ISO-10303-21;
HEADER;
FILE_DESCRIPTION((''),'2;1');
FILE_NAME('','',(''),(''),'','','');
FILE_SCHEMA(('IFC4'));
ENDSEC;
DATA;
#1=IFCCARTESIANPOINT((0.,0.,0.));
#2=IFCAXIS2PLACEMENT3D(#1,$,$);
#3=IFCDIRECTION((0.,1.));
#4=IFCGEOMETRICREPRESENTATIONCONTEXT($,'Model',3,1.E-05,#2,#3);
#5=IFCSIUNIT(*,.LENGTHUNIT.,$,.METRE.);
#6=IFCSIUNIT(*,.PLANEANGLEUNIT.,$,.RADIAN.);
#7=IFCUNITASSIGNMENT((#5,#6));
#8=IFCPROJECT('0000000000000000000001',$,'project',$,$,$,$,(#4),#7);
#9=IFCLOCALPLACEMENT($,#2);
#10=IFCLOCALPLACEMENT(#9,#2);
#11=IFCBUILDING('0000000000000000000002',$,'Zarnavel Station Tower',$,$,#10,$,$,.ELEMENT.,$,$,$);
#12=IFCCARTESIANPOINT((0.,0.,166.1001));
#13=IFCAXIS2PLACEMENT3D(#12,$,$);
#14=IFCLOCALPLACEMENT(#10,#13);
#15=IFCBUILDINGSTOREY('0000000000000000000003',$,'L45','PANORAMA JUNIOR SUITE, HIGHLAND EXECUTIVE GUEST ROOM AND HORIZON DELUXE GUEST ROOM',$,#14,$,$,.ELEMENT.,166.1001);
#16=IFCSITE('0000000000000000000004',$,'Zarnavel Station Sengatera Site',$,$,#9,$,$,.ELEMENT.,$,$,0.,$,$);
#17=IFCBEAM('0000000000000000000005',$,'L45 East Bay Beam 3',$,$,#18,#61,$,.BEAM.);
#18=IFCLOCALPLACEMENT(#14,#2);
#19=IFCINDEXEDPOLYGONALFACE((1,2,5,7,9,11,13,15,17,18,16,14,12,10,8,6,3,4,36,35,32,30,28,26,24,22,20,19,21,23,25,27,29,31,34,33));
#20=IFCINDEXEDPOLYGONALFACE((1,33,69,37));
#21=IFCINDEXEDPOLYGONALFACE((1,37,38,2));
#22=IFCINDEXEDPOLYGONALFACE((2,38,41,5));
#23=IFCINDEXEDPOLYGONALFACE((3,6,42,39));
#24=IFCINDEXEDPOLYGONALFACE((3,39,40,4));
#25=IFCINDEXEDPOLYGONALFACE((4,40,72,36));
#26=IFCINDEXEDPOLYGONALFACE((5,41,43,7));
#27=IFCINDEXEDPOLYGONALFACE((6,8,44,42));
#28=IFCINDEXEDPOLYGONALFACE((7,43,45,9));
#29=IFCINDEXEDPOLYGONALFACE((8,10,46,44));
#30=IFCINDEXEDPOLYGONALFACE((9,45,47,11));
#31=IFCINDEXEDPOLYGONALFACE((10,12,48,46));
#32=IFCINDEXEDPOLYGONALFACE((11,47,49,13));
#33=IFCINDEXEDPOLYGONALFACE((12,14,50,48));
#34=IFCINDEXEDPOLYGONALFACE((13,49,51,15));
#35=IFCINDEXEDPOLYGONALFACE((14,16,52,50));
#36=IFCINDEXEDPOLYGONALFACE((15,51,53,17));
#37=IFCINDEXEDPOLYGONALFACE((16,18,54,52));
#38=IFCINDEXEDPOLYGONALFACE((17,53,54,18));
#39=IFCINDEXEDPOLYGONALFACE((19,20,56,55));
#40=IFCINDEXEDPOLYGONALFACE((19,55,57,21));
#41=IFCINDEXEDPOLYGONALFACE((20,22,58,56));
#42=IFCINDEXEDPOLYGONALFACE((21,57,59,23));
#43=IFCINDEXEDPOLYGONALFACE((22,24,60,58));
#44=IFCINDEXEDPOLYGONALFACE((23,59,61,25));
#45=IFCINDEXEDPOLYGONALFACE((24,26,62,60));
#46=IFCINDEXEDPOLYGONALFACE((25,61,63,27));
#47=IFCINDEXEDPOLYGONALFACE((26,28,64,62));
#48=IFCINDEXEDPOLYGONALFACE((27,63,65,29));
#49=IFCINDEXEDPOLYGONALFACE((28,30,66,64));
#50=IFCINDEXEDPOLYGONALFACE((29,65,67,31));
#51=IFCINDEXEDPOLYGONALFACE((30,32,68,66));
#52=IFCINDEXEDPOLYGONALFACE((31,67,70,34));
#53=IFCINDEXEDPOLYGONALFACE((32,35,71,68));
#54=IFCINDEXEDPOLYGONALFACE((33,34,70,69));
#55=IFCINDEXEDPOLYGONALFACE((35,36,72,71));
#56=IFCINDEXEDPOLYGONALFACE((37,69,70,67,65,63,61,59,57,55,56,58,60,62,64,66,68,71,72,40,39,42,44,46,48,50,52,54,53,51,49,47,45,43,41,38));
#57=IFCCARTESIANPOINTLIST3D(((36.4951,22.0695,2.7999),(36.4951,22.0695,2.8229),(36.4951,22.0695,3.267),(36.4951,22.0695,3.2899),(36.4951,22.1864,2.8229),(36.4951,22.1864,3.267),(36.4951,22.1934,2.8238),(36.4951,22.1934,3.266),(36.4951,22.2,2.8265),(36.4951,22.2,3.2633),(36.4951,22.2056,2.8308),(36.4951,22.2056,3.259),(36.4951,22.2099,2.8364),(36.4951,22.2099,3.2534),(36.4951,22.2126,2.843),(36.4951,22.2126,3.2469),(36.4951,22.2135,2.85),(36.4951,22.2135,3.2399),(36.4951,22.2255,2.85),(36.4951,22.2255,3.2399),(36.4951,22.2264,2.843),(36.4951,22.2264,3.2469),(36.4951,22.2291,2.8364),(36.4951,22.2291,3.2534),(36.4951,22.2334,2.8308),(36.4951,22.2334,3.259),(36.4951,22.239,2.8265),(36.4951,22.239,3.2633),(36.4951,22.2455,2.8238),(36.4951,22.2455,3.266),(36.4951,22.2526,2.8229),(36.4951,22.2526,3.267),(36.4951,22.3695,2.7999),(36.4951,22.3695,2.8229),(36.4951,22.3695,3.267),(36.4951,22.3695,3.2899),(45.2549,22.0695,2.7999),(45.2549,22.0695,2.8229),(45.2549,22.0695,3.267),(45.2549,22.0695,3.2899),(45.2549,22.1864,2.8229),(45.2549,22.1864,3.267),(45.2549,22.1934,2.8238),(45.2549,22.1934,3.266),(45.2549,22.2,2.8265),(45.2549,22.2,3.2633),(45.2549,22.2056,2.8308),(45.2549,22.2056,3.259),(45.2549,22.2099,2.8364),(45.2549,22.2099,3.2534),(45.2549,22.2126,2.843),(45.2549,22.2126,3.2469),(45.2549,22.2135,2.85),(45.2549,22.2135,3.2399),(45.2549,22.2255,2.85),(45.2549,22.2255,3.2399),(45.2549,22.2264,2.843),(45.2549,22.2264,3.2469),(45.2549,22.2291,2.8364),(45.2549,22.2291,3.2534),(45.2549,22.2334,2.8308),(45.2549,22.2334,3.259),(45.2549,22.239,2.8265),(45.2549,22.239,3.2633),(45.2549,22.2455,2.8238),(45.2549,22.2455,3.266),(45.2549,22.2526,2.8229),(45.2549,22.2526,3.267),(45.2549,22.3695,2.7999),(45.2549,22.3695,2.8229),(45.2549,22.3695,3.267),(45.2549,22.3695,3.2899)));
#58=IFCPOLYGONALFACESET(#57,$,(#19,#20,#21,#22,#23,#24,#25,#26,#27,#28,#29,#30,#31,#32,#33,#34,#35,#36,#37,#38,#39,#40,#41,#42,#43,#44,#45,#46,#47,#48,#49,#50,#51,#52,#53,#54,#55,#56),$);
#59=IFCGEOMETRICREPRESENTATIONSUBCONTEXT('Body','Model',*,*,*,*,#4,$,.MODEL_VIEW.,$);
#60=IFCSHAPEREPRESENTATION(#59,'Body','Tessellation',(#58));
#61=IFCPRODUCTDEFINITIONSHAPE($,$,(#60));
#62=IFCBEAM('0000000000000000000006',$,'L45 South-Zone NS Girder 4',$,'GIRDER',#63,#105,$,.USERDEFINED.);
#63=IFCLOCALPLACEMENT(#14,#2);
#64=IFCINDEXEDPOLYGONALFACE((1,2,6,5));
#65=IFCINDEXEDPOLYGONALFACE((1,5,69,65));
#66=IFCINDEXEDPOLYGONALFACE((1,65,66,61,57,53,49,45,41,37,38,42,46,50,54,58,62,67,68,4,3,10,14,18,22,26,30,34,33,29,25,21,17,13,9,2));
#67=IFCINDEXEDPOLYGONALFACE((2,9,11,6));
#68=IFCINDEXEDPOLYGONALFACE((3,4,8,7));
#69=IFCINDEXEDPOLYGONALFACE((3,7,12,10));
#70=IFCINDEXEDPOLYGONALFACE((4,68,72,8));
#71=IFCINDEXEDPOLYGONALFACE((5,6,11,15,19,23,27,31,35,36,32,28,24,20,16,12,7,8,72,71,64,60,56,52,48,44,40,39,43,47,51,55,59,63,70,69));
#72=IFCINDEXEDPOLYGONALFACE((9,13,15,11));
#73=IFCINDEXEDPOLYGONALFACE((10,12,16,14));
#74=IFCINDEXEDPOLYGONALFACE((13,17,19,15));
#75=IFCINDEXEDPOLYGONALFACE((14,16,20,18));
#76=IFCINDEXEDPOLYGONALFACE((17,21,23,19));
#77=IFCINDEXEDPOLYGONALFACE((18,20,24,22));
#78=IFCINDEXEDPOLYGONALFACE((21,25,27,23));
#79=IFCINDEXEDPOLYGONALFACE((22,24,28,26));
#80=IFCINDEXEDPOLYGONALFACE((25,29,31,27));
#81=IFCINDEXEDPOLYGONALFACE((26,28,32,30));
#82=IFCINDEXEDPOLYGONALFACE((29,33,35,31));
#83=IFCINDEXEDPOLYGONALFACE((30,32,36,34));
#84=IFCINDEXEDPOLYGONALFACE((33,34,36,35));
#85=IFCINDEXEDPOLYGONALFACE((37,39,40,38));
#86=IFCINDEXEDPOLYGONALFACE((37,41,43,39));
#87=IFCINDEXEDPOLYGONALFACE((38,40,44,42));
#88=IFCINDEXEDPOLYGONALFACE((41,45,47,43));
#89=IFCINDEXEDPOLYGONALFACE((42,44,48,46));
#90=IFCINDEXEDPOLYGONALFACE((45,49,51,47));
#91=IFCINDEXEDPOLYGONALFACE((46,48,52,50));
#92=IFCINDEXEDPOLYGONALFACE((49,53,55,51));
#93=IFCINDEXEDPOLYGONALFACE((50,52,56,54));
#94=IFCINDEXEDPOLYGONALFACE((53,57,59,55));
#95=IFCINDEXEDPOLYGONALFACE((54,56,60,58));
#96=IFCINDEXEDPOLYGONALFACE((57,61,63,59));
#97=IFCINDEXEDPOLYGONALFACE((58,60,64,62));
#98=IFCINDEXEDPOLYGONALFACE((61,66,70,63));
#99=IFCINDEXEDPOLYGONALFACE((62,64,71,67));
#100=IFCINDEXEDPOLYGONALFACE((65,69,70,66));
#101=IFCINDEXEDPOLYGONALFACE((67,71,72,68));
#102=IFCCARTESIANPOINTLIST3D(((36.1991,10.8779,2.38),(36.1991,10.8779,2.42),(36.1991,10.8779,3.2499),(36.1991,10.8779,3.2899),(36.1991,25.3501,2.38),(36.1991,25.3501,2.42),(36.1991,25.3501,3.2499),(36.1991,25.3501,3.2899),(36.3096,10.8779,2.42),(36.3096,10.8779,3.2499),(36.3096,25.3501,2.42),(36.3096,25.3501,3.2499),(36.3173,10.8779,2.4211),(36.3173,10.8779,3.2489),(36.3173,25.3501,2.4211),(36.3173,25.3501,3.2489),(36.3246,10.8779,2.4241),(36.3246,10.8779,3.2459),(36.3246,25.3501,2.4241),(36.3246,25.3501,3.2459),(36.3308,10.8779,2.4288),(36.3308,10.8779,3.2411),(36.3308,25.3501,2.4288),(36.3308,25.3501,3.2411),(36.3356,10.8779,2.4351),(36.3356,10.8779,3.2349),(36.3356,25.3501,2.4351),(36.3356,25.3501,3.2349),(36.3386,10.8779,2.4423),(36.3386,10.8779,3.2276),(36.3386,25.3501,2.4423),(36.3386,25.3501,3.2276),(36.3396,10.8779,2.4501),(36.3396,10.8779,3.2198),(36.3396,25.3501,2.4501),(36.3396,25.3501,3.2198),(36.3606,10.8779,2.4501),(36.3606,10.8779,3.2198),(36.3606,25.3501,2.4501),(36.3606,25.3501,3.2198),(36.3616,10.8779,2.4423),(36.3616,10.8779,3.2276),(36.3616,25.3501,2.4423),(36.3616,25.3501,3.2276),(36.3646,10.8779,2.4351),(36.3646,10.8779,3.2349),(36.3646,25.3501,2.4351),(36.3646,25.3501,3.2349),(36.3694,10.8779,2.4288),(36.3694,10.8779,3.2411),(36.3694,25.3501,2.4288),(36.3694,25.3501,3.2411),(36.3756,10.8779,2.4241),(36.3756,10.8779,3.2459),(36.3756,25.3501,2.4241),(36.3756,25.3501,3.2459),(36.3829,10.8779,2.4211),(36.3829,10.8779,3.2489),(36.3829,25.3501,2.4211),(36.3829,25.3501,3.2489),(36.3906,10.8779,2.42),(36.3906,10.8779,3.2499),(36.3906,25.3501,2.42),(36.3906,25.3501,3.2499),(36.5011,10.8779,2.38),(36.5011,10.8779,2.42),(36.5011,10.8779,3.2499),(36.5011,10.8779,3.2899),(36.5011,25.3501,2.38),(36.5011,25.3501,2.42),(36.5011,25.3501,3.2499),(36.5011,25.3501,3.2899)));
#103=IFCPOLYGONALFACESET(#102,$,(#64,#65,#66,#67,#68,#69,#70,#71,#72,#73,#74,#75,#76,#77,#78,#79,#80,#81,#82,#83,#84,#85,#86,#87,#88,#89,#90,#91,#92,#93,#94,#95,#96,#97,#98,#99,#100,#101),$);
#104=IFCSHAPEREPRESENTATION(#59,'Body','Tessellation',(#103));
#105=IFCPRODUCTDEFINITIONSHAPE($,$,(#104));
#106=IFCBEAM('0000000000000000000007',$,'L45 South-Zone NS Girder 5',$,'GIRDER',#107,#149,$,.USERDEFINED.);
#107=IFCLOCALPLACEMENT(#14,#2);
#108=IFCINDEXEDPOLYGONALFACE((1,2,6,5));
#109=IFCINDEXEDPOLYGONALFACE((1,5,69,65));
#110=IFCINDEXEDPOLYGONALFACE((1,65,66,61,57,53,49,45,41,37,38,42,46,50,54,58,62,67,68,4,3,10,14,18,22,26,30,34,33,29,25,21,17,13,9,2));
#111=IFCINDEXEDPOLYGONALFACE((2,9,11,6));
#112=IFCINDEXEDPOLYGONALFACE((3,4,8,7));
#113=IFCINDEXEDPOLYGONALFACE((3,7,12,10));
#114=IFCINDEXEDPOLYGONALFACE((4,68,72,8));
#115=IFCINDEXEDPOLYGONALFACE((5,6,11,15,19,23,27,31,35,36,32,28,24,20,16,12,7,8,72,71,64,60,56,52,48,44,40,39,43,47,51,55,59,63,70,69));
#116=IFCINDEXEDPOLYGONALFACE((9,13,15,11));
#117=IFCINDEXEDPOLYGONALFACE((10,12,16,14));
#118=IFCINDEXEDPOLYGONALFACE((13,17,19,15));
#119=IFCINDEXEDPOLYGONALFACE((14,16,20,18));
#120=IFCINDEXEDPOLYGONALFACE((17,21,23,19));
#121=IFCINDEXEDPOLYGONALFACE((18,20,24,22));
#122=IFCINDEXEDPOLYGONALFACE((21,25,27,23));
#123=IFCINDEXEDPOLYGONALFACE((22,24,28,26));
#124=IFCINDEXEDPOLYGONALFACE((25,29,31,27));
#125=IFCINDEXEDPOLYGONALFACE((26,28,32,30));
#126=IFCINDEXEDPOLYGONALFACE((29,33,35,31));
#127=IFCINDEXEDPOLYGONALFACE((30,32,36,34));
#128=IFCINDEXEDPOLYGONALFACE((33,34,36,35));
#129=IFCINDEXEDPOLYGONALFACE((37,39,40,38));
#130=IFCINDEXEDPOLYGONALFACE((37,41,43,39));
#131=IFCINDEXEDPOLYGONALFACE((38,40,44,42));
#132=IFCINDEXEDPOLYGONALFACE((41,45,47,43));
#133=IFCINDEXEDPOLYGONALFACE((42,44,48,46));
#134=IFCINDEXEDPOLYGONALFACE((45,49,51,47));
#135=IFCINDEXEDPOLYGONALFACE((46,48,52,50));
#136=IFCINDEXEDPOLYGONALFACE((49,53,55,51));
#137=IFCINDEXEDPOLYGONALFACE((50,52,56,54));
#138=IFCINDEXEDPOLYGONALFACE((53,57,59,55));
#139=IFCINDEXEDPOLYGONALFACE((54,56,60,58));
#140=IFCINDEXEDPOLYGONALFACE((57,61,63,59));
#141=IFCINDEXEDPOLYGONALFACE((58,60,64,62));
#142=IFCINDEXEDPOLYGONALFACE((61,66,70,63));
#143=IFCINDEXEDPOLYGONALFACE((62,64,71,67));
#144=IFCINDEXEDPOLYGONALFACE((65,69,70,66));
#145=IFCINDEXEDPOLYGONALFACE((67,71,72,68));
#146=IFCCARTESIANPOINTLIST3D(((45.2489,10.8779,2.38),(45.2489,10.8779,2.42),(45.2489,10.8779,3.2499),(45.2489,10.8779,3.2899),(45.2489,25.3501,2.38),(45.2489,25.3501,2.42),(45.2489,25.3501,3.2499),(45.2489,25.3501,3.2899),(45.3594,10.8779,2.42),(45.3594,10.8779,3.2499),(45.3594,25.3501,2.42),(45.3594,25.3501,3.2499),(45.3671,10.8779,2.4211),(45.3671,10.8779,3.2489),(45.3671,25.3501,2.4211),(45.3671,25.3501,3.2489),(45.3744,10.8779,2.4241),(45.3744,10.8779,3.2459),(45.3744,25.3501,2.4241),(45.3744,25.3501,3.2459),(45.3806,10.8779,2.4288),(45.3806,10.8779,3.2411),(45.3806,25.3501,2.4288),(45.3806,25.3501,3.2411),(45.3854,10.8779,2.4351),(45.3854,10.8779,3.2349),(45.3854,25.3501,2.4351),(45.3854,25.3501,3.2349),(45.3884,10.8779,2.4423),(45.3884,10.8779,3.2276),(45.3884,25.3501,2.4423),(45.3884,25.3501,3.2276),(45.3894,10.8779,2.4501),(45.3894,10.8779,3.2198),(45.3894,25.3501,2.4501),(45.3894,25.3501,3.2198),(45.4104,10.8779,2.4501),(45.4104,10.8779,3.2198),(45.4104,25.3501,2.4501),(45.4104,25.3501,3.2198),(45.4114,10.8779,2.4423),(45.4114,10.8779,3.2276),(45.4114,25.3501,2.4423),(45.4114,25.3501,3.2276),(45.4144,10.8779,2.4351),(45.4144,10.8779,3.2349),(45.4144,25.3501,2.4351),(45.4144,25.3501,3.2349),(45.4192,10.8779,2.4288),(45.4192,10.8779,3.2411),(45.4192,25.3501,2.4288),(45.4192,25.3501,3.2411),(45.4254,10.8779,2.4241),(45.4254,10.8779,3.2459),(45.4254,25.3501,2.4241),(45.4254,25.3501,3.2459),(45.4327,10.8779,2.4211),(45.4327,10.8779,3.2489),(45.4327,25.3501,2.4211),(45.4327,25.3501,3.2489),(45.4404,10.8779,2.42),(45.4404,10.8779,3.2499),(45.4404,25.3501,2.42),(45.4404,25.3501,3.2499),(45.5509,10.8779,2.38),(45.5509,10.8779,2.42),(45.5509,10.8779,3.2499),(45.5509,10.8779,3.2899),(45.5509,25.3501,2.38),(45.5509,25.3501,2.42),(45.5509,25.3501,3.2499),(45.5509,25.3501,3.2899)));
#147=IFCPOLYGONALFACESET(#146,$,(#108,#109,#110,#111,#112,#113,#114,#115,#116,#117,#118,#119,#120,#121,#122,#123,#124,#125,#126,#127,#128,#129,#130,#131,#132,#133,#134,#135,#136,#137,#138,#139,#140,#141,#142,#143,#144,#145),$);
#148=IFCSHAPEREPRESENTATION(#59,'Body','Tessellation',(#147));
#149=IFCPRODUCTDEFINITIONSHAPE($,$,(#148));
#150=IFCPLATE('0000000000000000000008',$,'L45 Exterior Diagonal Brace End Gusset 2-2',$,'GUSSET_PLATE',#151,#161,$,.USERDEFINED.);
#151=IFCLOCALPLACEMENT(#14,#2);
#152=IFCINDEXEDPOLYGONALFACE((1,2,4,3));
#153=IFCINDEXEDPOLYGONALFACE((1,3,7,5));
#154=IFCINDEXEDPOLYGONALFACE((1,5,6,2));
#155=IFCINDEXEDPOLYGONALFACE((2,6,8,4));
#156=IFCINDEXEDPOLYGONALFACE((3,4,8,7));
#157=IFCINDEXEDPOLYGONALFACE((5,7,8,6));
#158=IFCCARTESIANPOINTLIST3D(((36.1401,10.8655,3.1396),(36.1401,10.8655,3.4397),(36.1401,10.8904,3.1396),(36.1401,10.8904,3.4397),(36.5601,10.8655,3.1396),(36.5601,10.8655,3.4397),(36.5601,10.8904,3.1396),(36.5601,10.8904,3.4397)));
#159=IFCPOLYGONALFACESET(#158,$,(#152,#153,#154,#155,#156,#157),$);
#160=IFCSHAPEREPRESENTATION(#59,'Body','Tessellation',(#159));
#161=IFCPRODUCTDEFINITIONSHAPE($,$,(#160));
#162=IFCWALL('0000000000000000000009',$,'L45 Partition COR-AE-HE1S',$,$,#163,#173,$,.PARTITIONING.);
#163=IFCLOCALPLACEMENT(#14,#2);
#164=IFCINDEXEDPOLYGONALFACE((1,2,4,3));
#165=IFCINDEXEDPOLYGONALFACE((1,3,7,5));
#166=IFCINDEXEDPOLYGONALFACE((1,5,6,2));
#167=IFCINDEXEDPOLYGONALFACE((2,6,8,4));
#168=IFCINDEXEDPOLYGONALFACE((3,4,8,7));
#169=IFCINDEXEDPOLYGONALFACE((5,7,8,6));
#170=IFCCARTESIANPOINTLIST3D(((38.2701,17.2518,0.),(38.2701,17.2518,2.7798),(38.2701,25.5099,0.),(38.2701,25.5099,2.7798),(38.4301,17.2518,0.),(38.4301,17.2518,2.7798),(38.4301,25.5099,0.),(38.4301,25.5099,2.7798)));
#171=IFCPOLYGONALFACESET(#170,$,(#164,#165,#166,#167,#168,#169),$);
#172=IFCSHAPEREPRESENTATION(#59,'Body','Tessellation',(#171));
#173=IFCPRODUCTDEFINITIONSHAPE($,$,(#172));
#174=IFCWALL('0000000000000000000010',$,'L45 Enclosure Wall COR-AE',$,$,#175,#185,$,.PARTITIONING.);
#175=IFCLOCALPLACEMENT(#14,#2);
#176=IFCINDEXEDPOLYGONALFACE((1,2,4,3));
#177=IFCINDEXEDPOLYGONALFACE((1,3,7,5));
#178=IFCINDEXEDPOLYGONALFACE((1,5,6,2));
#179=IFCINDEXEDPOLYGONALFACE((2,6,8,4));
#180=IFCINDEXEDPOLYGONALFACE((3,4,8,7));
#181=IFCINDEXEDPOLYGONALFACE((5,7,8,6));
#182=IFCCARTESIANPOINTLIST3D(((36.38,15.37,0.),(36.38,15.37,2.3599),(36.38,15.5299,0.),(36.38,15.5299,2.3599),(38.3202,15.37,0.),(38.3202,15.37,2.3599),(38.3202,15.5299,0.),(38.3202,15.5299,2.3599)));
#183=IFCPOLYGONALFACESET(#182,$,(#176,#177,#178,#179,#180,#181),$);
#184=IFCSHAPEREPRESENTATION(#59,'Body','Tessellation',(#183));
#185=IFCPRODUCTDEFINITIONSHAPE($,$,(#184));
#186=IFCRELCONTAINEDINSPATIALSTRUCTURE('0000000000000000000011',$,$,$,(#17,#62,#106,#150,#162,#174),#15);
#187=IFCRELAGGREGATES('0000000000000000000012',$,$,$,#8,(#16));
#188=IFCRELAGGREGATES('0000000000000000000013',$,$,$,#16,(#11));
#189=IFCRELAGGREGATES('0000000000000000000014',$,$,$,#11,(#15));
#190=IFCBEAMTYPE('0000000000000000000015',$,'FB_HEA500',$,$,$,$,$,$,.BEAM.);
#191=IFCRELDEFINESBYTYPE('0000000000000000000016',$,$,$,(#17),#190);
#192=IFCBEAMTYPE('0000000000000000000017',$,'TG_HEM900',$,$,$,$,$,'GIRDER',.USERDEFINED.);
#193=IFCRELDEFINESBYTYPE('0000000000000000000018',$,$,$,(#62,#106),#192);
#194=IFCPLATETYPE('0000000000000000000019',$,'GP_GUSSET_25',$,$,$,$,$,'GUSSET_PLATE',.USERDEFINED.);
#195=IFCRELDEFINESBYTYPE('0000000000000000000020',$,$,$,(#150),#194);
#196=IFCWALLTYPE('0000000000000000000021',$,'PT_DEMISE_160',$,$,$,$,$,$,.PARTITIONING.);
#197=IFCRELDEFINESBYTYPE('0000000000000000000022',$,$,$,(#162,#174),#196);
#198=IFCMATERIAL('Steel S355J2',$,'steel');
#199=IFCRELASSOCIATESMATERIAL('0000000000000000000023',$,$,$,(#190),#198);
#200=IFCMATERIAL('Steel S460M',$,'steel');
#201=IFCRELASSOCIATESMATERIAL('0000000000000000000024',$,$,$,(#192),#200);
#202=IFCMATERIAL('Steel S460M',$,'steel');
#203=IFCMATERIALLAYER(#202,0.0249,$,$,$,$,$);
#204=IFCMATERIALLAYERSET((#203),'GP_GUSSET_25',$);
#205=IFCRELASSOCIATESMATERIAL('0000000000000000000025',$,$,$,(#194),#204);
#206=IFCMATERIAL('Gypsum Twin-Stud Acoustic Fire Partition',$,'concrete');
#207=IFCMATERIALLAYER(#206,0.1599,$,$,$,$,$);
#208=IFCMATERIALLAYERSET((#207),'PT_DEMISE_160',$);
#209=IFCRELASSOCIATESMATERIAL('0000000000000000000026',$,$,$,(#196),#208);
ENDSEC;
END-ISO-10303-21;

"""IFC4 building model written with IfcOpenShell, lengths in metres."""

from ifc_helpers import new_model, si_unit, direction, frame, frame_2d, origin, origin_2d, place, context, subcontext, project, spatial, rectangle, i_section, extrude, material, layer, layer_set, material_profile, profile_set, type_object, element, save


model = new_model("IFC4")

# Units and contexts
model_context = context("Model", 3, precision=1e-05, world=origin(), true_north=direction((0.0, 1.0)))
body_context = subcontext(model_context, "Body", "Model", "MODEL_VIEW")
ifc_project = project(units=[si_unit("LENGTHUNIT", "METRE"), si_unit("PLANEANGLEUNIT", "RADIAN")], contexts=[model_context])

# Site, building, storey
site_placement = place(None, origin())
site = spatial("IfcSite", under=ifc_project, at=site_placement, Name="Zarnavel Station Sengatera Site", CompositionType="ELEMENT", RefElevation=0.0)
building_placement = place(site_placement, origin())
building = spatial("IfcBuilding", under=site, at=building_placement, Name="Zarnavel Station Tower", CompositionType="ELEMENT")
storey_placement = place(building_placement, frame((0.0, 0.0, 166.1001)))
storey = spatial("IfcBuildingStorey", under=building, at=storey_placement, Name="L45", Description="PANORAMA JUNIOR SUITE, HIGHLAND EXECUTIVE GUEST ROOM AND HORIZON DELUXE GUEST ROOM", CompositionType="ELEMENT", Elevation=166.1001)

# Beams
ifc_material_1 = material(Name="Steel S355J2", Category="steel")
ifc_material_profile_1 = material_profile(ifc_material_1, i_section(OverallWidth=0.3, OverallDepth=0.49, WebThickness=0.012, FlangeThickness=0.0229, FilletRadius=0.0271, at=origin_2d()), Name="HEA500")
ifc_profile_set_1 = profile_set([ifc_material_profile_1], Name="Steel S355J2")
beam_type_1 = type_object("IfcBeamType", Name="FB_HEA500", PredefinedType="BEAM", material=ifc_profile_set_1)
for number, where, z_axis, x_axis, name in (
    (1, (36.4951, 22.2195, 3.0449), (1.0, 0.0, 0.0), (0.0, 1.0, 0.0), "L45 East Bay Beam 3"),
):
    element("IfcBeam", number, at=place(storey_placement, frame(where, z_axis=z_axis, x_axis=x_axis)), inside=storey, type_object=beam_type_1, Name=name, PredefinedType="BEAM", context=body_context, shape_type="SweptSolid", body=[
        extrude(i_section(OverallWidth=0.3, OverallDepth=0.49, WebThickness=0.012, FlangeThickness=0.0229, FilletRadius=0.0271, at=origin_2d()), origin(), (0.0, 0.0, 1.0), 8.7598),
    ])
ifc_material_2 = material(Name="Steel S460M", Category="steel")
ifc_material_profile_2 = material_profile(ifc_material_2, i_section(OverallWidth=0.302, OverallDepth=0.9099, WebThickness=0.021, FlangeThickness=0.04, FilletRadius=0.03, at=origin_2d()), Name="HEM900")
ifc_profile_set_2 = profile_set([ifc_material_profile_2], Name="Steel S460M")
beam_type_2 = type_object("IfcBeamType", Name="TG_HEM900", ElementType="GIRDER", PredefinedType="USERDEFINED", material=ifc_profile_set_2)
for number, where, z_axis, x_axis, name in (
    (2, (36.3501, 10.8779, 2.835), (0.0, 1.0, 0.0), (-1.0, 0.0, 0.0), "L45 South-Zone NS Girder 4"),
    (3, (45.3999, 10.8779, 2.835), (0.0, 1.0, 0.0), (-1.0, 0.0, 0.0), "L45 South-Zone NS Girder 5"),
):
    element("IfcBeam", number, at=place(storey_placement, frame(where, z_axis=z_axis, x_axis=x_axis)), inside=storey, type_object=beam_type_2, Name=name, ObjectType="GIRDER", PredefinedType="USERDEFINED", context=body_context, shape_type="SweptSolid", body=[
        extrude(i_section(OverallWidth=0.302, OverallDepth=0.9099, WebThickness=0.021, FlangeThickness=0.04, FilletRadius=0.03, at=origin_2d()), origin(), (0.0, 0.0, 1.0), 14.4722),
    ])

# Plate
ifc_material_3 = material(Name="Steel S460M", Category="steel")
ifc_layer_1 = layer(ifc_material_3, 0.0249)
ifc_layer_set_1 = layer_set([ifc_layer_1], Name="GP_GUSSET_25")
plate_type = type_object("IfcPlateType", Name="GP_GUSSET_25", ElementType="GUSSET_PLATE", PredefinedType="USERDEFINED", material=ifc_layer_set_1)
plate_placement = place(storey_placement, frame((36.3501, 10.8779, 3.1396), z_axis=(0.0, 0.0, 1.0), x_axis=(1.0, 0.0, 0.0)))
element("IfcPlate", 4, at=plate_placement, inside=storey, type_object=plate_type, Name="L45 Exterior Diagonal Brace End Gusset 2-2", ObjectType="GUSSET_PLATE", PredefinedType="USERDEFINED", context=body_context, shape_type="SweptSolid", body=[
    extrude(rectangle(XDim=0.4199, YDim=0.0249, at=origin_2d()), origin(), (0.0, 0.0, 1.0), 0.3),
])

# Walls
ifc_material_4 = material(Name="Gypsum Twin-Stud Acoustic Fire Partition", Category="concrete")
ifc_layer_2 = layer(ifc_material_4, 0.1599)
ifc_layer_set_2 = layer_set([ifc_layer_2], Name="PT_DEMISE_160")
wall_type_1 = type_object("IfcWallType", Name="PT_DEMISE_160", PredefinedType="PARTITIONING", material=ifc_layer_set_2)
wall_1_placement = place(storey_placement, frame((38.3501, 17.252, 0.0), z_axis=(0.0, 0.0, 1.0), x_axis=(0.0, 1.0, 0.0)))
element("IfcWall", 5, at=wall_1_placement, inside=storey, type_object=wall_type_1, Name="L45 Partition COR-AE-HE1S", PredefinedType="PARTITIONING", context=body_context, shape_type="SweptSolid", body=[
    extrude(rectangle(XDim=8.2581, YDim=0.1599, at=frame_2d((4.1289, 0.0))), origin(), (0.0, 0.0, 1.0), 2.7798),
])
wall_2_placement = place(storey_placement, frame((36.3799, 15.45, 0.0), z_axis=(0.0, 0.0, 1.0), x_axis=(1.0, 0.0, 0.0)))
element("IfcWall", 6, at=wall_2_placement, inside=storey, type_object=wall_type_1, Name="L45 Enclosure Wall COR-AE", PredefinedType="PARTITIONING", context=body_context, shape_type="SweptSolid", body=[
    extrude(rectangle(XDim=1.9402, YDim=0.1599, at=frame_2d((0.9702, 0.0))), origin(), (0.0, 0.0, 1.0), 2.3599),
])

save(model, "model.ifc")
